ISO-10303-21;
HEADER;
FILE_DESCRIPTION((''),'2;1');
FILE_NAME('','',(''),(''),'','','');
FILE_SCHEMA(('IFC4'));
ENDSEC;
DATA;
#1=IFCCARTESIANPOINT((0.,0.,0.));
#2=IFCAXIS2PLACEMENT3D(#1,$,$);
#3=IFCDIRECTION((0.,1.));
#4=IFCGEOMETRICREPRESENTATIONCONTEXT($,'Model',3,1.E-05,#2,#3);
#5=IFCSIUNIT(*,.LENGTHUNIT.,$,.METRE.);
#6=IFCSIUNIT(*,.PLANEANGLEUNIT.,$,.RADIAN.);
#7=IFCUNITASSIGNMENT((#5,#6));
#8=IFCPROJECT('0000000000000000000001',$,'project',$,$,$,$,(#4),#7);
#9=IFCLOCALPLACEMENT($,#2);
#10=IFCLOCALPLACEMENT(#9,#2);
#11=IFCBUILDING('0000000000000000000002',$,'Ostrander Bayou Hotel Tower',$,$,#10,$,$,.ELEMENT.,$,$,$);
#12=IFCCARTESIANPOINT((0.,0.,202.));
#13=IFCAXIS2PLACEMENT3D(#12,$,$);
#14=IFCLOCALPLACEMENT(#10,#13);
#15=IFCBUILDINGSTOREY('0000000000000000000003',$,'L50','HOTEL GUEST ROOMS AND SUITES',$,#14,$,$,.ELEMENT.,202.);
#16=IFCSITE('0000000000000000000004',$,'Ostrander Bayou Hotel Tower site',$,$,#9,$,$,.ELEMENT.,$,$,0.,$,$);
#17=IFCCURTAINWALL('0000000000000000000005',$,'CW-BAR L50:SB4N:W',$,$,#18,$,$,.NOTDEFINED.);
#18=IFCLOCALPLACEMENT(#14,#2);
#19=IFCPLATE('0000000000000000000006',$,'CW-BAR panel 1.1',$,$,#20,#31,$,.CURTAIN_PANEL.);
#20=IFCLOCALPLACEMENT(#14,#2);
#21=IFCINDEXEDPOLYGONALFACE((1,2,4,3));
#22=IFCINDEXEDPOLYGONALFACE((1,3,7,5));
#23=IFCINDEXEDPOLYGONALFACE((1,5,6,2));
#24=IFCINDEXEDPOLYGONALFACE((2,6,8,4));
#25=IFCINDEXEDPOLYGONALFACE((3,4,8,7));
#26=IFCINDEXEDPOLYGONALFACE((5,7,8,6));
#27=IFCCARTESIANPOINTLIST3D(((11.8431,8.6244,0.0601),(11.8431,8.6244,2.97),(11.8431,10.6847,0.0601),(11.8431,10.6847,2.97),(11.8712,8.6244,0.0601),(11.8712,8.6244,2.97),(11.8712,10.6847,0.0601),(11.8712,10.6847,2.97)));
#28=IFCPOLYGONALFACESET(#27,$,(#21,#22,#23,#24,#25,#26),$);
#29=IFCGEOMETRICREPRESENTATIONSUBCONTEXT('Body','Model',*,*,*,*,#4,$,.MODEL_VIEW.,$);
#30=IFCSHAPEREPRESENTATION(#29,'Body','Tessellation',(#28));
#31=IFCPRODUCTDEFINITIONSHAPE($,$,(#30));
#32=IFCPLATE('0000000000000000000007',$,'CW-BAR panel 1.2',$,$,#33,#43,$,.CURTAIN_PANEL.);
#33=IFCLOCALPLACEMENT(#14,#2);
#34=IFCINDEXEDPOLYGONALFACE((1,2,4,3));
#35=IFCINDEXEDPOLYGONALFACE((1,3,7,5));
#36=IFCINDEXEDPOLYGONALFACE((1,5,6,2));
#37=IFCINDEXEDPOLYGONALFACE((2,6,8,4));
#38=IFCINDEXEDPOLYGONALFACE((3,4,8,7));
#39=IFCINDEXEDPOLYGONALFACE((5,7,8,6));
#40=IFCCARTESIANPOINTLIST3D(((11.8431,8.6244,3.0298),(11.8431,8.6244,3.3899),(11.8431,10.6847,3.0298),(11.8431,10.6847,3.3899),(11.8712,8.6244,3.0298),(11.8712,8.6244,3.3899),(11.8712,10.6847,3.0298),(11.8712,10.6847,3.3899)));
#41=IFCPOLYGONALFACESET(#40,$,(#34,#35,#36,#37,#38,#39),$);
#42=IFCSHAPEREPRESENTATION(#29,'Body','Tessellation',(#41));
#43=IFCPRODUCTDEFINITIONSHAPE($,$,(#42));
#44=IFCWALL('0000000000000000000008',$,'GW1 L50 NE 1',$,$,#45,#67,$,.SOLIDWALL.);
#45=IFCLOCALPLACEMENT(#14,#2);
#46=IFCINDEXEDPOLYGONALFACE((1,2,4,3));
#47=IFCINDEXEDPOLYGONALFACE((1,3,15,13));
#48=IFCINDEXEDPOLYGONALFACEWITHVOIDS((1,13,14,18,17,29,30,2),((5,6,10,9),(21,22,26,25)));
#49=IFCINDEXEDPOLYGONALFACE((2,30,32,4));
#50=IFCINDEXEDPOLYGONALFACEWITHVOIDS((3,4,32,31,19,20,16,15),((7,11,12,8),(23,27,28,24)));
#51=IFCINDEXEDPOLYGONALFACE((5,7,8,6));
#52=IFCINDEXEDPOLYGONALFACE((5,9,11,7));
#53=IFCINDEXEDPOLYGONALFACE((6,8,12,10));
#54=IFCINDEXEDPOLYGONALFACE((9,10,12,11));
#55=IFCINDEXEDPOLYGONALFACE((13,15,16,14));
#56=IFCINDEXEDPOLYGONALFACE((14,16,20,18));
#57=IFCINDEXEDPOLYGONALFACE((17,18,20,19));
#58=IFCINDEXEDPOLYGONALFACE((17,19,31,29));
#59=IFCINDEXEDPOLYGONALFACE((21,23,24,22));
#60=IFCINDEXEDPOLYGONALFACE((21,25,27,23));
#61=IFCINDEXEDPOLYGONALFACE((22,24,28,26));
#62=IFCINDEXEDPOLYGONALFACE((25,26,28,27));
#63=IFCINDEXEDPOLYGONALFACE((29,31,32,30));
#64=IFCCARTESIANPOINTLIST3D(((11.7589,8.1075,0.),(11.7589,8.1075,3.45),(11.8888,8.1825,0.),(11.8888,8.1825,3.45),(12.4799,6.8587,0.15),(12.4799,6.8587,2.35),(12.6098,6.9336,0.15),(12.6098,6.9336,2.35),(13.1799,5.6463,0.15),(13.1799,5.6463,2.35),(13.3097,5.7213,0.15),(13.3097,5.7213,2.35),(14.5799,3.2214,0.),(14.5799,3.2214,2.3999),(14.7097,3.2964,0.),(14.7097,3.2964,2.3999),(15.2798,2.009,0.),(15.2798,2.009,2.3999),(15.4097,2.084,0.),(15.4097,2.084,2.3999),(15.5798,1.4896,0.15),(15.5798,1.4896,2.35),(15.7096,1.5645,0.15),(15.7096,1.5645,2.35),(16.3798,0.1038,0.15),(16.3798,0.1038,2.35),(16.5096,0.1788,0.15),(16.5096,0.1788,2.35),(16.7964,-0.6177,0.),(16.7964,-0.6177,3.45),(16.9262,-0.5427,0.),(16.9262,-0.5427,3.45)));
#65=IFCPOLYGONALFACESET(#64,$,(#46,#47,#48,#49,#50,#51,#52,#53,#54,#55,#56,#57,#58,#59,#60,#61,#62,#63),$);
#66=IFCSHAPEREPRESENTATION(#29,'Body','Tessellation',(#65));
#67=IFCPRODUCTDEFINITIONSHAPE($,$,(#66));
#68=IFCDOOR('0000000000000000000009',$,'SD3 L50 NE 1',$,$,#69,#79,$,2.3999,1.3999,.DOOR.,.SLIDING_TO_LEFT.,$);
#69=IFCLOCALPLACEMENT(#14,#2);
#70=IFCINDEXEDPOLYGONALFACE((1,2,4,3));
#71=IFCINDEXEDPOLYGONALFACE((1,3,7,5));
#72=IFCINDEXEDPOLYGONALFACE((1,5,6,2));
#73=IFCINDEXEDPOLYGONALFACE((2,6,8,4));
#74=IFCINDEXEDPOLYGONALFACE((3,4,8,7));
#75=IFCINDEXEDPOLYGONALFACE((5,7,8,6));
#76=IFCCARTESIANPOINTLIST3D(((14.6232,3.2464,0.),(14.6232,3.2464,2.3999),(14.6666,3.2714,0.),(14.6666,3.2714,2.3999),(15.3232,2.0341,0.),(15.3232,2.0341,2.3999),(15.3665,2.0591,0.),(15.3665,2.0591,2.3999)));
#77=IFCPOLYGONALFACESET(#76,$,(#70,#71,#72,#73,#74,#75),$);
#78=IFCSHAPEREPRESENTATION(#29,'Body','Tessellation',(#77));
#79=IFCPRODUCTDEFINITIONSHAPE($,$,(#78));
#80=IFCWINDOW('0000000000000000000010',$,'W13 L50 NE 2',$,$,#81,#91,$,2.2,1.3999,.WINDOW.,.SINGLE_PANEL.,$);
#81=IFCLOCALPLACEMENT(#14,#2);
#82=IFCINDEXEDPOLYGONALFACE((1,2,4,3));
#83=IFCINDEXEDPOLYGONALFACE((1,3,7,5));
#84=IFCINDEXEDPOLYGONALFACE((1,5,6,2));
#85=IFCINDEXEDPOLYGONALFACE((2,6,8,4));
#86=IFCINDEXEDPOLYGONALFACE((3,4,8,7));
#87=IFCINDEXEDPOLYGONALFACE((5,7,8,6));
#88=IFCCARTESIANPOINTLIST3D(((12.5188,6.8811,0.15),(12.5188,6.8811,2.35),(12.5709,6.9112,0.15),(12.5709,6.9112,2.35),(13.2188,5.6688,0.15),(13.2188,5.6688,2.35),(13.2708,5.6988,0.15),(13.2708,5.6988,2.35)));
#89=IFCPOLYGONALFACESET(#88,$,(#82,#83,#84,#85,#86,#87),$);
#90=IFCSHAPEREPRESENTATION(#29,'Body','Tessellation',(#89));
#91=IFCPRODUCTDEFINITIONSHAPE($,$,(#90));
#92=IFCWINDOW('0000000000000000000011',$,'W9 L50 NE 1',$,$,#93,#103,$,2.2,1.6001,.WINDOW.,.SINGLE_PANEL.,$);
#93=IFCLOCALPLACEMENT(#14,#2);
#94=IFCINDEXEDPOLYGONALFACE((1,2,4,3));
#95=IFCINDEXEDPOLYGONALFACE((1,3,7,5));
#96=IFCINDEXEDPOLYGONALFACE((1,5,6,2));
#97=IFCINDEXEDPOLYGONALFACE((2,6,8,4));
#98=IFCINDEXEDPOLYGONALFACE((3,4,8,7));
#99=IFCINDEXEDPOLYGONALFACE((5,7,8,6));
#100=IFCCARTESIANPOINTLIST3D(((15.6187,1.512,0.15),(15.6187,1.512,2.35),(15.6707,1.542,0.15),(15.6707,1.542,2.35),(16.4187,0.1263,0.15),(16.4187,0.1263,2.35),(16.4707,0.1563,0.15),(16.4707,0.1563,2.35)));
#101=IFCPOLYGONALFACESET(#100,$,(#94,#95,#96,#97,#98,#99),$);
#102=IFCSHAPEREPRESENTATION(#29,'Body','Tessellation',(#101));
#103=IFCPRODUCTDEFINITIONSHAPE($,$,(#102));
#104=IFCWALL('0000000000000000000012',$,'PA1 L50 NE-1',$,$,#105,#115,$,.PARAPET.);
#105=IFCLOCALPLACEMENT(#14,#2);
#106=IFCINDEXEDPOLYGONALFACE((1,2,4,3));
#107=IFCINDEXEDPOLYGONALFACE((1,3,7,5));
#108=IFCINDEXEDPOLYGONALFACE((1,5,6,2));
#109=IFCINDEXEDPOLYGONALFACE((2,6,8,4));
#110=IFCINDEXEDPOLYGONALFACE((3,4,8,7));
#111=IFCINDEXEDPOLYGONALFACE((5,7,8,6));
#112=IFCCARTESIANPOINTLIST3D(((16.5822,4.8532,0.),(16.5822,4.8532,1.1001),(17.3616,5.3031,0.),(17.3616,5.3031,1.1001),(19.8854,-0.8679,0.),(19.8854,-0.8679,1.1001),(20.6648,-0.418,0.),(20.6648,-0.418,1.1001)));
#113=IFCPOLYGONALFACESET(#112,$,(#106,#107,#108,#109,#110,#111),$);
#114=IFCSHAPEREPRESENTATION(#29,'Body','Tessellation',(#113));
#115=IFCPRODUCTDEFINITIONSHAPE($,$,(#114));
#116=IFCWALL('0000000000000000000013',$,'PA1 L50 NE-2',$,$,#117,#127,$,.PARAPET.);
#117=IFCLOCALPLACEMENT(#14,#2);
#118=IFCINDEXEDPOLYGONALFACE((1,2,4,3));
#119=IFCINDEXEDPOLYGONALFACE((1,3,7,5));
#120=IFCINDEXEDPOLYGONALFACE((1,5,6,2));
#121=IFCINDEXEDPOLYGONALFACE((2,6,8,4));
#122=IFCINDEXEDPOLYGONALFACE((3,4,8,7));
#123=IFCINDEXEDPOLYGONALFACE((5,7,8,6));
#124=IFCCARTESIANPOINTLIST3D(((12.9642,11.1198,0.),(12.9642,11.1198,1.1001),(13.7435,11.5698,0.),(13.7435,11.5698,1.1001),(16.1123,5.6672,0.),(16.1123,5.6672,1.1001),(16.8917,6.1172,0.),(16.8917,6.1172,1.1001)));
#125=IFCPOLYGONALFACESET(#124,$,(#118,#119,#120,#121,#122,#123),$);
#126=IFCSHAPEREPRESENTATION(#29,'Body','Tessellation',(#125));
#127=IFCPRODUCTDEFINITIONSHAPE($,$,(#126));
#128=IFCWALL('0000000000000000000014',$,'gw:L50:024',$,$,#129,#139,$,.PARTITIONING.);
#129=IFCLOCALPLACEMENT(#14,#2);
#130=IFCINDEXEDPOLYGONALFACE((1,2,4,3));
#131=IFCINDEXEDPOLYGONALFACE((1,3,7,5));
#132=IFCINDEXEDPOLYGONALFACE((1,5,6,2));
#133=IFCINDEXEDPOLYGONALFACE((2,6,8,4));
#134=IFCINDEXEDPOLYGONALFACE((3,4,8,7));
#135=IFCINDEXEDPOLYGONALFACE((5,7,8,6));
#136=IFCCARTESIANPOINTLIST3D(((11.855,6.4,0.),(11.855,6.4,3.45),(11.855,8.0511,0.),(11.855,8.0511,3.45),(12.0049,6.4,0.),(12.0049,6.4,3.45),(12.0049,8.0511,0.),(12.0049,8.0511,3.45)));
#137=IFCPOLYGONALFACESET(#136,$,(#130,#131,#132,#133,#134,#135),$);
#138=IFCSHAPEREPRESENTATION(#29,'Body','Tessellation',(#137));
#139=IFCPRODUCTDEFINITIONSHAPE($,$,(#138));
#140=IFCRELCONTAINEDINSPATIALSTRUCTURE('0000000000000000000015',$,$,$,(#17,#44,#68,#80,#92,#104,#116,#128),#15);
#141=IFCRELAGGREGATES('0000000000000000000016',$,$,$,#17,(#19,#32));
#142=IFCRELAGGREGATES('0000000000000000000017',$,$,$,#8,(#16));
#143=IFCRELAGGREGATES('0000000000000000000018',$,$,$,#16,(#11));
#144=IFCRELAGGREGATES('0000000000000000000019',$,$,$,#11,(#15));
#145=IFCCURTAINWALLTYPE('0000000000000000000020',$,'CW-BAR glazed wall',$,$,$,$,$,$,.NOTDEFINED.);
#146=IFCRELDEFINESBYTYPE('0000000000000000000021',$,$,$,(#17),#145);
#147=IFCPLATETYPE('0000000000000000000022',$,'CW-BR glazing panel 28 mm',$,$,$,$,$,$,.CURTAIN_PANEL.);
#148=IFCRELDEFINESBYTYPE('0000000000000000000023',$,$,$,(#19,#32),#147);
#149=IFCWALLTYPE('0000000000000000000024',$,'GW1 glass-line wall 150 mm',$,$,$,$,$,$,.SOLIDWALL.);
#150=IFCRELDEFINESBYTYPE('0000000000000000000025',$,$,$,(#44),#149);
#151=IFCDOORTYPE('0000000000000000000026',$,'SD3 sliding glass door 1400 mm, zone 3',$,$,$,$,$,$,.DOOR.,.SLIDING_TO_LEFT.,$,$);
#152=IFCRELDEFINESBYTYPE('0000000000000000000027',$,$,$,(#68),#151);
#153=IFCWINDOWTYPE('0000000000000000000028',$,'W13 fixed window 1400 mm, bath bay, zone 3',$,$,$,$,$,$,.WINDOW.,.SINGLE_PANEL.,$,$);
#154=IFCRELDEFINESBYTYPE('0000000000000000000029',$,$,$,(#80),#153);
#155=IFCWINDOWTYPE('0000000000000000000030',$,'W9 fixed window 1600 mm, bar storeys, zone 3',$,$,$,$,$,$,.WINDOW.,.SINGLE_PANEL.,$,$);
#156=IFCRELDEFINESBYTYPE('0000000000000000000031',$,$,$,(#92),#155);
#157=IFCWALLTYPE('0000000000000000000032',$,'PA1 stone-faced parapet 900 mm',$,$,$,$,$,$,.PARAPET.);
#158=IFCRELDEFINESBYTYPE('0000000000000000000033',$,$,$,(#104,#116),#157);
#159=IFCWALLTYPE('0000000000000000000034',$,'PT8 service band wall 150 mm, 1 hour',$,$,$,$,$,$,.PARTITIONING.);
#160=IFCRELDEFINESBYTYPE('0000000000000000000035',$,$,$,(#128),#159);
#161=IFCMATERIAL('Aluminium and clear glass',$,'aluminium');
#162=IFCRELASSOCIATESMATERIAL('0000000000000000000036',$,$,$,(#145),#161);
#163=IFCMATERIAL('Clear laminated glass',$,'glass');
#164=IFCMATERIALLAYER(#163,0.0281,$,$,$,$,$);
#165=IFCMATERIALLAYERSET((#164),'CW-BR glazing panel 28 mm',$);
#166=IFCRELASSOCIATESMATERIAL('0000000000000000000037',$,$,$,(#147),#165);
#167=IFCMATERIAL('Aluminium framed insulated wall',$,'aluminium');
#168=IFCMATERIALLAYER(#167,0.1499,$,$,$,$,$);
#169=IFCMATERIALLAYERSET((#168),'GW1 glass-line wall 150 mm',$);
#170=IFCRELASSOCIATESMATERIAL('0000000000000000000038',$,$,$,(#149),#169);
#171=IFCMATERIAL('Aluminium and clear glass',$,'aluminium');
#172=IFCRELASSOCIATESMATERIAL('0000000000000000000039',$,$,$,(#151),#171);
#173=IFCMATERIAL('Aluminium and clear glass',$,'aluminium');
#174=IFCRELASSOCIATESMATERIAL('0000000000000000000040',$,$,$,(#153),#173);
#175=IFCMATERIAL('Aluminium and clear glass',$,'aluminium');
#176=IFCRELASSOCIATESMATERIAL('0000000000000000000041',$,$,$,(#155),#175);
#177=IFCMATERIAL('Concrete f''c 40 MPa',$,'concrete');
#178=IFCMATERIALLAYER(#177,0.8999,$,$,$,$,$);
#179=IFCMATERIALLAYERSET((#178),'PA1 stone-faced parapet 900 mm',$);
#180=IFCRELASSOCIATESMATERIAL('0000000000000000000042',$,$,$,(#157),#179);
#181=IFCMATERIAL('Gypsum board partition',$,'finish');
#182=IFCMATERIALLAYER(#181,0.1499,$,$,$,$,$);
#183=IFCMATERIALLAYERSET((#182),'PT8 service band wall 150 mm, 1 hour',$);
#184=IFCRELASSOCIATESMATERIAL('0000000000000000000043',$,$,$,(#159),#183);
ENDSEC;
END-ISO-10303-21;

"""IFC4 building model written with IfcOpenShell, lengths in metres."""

from ifc_helpers import new_model, si_unit, direction, frame, frame_2d, origin, origin_2d, place, context, subcontext, project, spatial, rectangle, extrude, material, layer, layer_set, type_object, element, fill, aggregate, save


model = new_model("IFC4")

# Units and contexts
model_context = context("Model", 3, precision=1e-05, world=origin(), true_north=direction((0.0, 1.0)))
body_context = subcontext(model_context, "Body", "Model", "MODEL_VIEW")
ifc_project = project(units=[si_unit("LENGTHUNIT", "METRE"), si_unit("PLANEANGLEUNIT", "RADIAN")], contexts=[model_context])

# Site, building, storey
site_placement = place(None, origin())
site = spatial("IfcSite", under=ifc_project, at=site_placement, Name="Ostrander Bayou Hotel Tower site", CompositionType="ELEMENT", RefElevation=0.0)
building_placement = place(site_placement, origin())
building = spatial("IfcBuilding", under=site, at=building_placement, Name="Ostrander Bayou Hotel Tower", CompositionType="ELEMENT")
storey_placement = place(building_placement, frame((0.0, 0.0, 202.0)))
storey = spatial("IfcBuildingStorey", under=building, at=storey_placement, Name="L50", Description="HOTEL GUEST ROOMS AND SUITES", CompositionType="ELEMENT", Elevation=202.0)

# Curtain wall
ifc_material_1 = material(Name="Aluminium and clear glass", Category="aluminium")
curtain_wall_type = type_object("IfcCurtainWallType", Name="CW-BAR glazed wall", PredefinedType="NOTDEFINED", material=ifc_material_1)
curtain_wall_placement = place(storey_placement, origin())
curtain_wall = element("IfcCurtainWall", 1, at=curtain_wall_placement, inside=storey, type_object=curtain_wall_type, Name="CW-BAR L50:SB4N:W", PredefinedType="NOTDEFINED")

# Plates
ifc_material_2 = material(Name="Clear laminated glass", Category="glass")
ifc_layer_1 = layer(ifc_material_2, 0.0281)
ifc_layer_set_1 = layer_set([ifc_layer_1], Name="CW-BR glazing panel 28 mm")
plate_type = type_object("IfcPlateType", Name="CW-BR glazing panel 28 mm", PredefinedType="CURTAIN_PANEL", material=ifc_layer_set_1)
plate_1_placement = place(storey_placement, frame((11.8572, 9.6545, 0.0601), z_axis=(0.0, 0.0, 1.0), x_axis=(0.0, 1.0, 0.0)))
plate_1 = element("IfcPlate", 2, at=plate_1_placement, type_object=plate_type, Name="CW-BAR panel 1.1", PredefinedType="CURTAIN_PANEL", context=body_context, shape_type="SweptSolid", body=[
    extrude(rectangle(XDim=2.0603, YDim=0.0281, at=origin_2d()), origin(), (0.0, 0.0, 1.0), 2.9099),
])
plate_2_placement = place(storey_placement, frame((11.8572, 9.6545, 3.0298), z_axis=(0.0, 0.0, 1.0), x_axis=(0.0, 1.0, 0.0)))
plate_2 = element("IfcPlate", 3, at=plate_2_placement, type_object=plate_type, Name="CW-BAR panel 1.2", PredefinedType="CURTAIN_PANEL", context=body_context, shape_type="SweptSolid", body=[
    extrude(rectangle(XDim=2.0603, YDim=0.0281, at=origin_2d()), origin(), (0.0, 0.0, 1.0), 0.3601),
])
aggregate(curtain_wall, [plate_1, plate_2])

# Wall, openings, door, windows
ifc_material_3 = material(Name="Aluminium framed insulated wall", Category="aluminium")
ifc_layer_2 = layer(ifc_material_3, 0.1499)
ifc_layer_set_2 = layer_set([ifc_layer_2], Name="GW1 glass-line wall 150 mm")
wall_type_1 = type_object("IfcWallType", Name="GW1 glass-line wall 150 mm", PredefinedType="SOLIDWALL", material=ifc_layer_set_2)
wall_1_placement = place(storey_placement, frame((16.8613, -0.5803, 0.0), z_axis=(0.0, 0.0, 1.0), x_axis=(-0.499994, 0.866029, 0.0)))
wall_1 = element("IfcWall", 4, at=wall_1_placement, inside=storey, type_object=wall_type_1, Name="GW1 L50 NE 1", PredefinedType="SOLIDWALL", context=body_context, shape_type="SweptSolid", body=[
    extrude(rectangle(XDim=10.075, YDim=0.1499, at=frame_2d((5.0376, 0.0))), origin(), (0.0, 0.0, 1.0), 3.45),
])
opening_1_placement = place(wall_1_placement, frame((0.8333, 0.0, 0.1499)))
opening_1 = element("IfcOpeningElement", 5, at=opening_1_placement, cuts=wall_1, PredefinedType="OPENING", context=body_context, shape_type="SweptSolid", body=[
    extrude(rectangle(XDim=1.6001, YDim=2.2, at=frame_2d((0.8, 1.1001))), frame((0.0, 0.075, 0.0), z_axis=(0.0, -1.0, 0.0), x_axis=(1.0, 0.0, 0.0)), (0.0, 0.0, 1.0), 0.1499),
])
opening_2_placement = place(wall_1_placement, frame((3.0332, 0.0, 0.0)))
opening_2 = element("IfcOpeningElement", 6, at=opening_2_placement, cuts=wall_1, PredefinedType="OPENING", context=body_context, shape_type="SweptSolid", body=[
    extrude(rectangle(XDim=1.3999, YDim=2.3999, at=frame_2d((0.7, 1.2))), frame((0.0, 0.075, 0.0), z_axis=(0.0, -1.0, 0.0), x_axis=(1.0, 0.0, 0.0)), (0.0, 0.0, 1.0), 0.1499),
])
opening_3_placement = place(wall_1_placement, frame((7.2332, 0.0, 0.1499)))
opening_3 = element("IfcOpeningElement", 7, at=opening_3_placement, cuts=wall_1, PredefinedType="OPENING", context=body_context, shape_type="SweptSolid", body=[
    extrude(rectangle(XDim=1.3999, YDim=2.2, at=frame_2d((0.7, 1.1001))), frame((0.0, 0.075, 0.0), z_axis=(0.0, -1.0, 0.0), x_axis=(1.0, 0.0, 0.0)), (0.0, 0.0, 1.0), 0.1499),
])
ifc_material_4 = material(Name="Aluminium and clear glass", Category="aluminium")
door_type = type_object("IfcDoorType", Name="SD3 sliding glass door 1400 mm, zone 3", OperationType="SLIDING_TO_LEFT", PredefinedType="DOOR", material=ifc_material_4)
door_placement = place(opening_2_placement, origin())
door = element("IfcDoor", 8, at=door_placement, inside=storey, type_object=door_type, Name="SD3 L50 NE 1", OperationType="SLIDING_TO_LEFT", OverallHeight=2.3999, OverallWidth=1.3999, PredefinedType="DOOR", context=body_context, shape_type="SweptSolid", body=[
    extrude(rectangle(XDim=1.3999, YDim=2.3999, at=frame_2d((0.7, 1.2))), frame((0.0, 0.0249, 0.0), z_axis=(0.0, -1.0, 0.0), x_axis=(1.0, 0.0, 0.0)), (0.0, 0.0, 1.0), 0.05),
])
fill(opening_2, door)
ifc_material_5 = material(Name="Aluminium and clear glass", Category="aluminium")
window_type_1 = type_object("IfcWindowType", Name="W13 fixed window 1400 mm, bath bay, zone 3", PartitioningType="SINGLE_PANEL", PredefinedType="WINDOW", material=ifc_material_5)
window_1_placement = place(opening_3_placement, origin())
window_1 = element("IfcWindow", 9, at=window_1_placement, inside=storey, type_object=window_type_1, Name="W13 L50 NE 2", OverallHeight=2.2, OverallWidth=1.3999, PartitioningType="SINGLE_PANEL", PredefinedType="WINDOW", context=body_context, shape_type="SweptSolid", body=[
    extrude(rectangle(XDim=1.3999, YDim=2.2, at=frame_2d((0.7, 1.1001))), frame((0.0, 0.03, 0.0), z_axis=(0.0, -1.0, 0.0), x_axis=(1.0, 0.0, 0.0)), (0.0, 0.0, 1.0), 0.0601),
])
fill(opening_3, window_1)
ifc_material_6 = material(Name="Aluminium and clear glass", Category="aluminium")
window_type_2 = type_object("IfcWindowType", Name="W9 fixed window 1600 mm, bar storeys, zone 3", PartitioningType="SINGLE_PANEL", PredefinedType="WINDOW", material=ifc_material_6)
window_2_placement = place(opening_1_placement, origin())
window_2 = element("IfcWindow", 10, at=window_2_placement, inside=storey, type_object=window_type_2, Name="W9 L50 NE 1", OverallHeight=2.2, OverallWidth=1.6001, PartitioningType="SINGLE_PANEL", PredefinedType="WINDOW", context=body_context, shape_type="SweptSolid", body=[
    extrude(rectangle(XDim=1.6001, YDim=2.2, at=frame_2d((0.8, 1.1001))), frame((0.0, 0.03, 0.0), z_axis=(0.0, -1.0, 0.0), x_axis=(1.0, 0.0, 0.0)), (0.0, 0.0, 1.0), 0.0601),
])
fill(opening_1, window_2)

# Walls
ifc_material_7 = material(Name="Concrete f'c 40 MPa", Category="concrete")
ifc_layer_3 = layer(ifc_material_7, 0.8999)
ifc_layer_set_3 = layer_set([ifc_layer_3], Name="PA1 stone-faced parapet 900 mm")
wall_type_2 = type_object("IfcWallType", Name="PA1 stone-faced parapet 900 mm", PredefinedType="PARAPET", material=ifc_layer_set_3)
wall_2_placement = place(storey_placement, frame((20.2751, -0.6431, 0.0), z_axis=(0.0, 0.0, 1.0), x_axis=(-0.50001, 0.866019, 0.0)))
element("IfcWall", 11, at=wall_2_placement, inside=storey, type_object=wall_type_2, Name="PA1 L50 NE-1", PredefinedType="PARAPET", context=body_context, shape_type="SweptSolid", body=[
    extrude(rectangle(XDim=6.6062, YDim=0.8999, at=frame_2d((3.3032, 0.0))), origin(), (0.0, 0.0, 1.0), 1.1001),
])
wall_3_placement = place(storey_placement, frame((16.502, 5.8923, 0.0), z_axis=(0.0, 0.0, 1.0), x_axis=(-0.500013, 0.866018, 0.0)))
element("IfcWall", 12, at=wall_3_placement, inside=storey, type_object=wall_type_2, Name="PA1 L50 NE-2", PredefinedType="PARAPET", context=body_context, shape_type="SweptSolid", body=[
    extrude(rectangle(XDim=6.2961, YDim=0.8999, at=frame_2d((3.1479, 0.0))), origin(), (0.0, 0.0, 1.0), 1.1001),
])
ifc_material_8 = material(Name="Gypsum board partition", Category="finish")
ifc_layer_4 = layer(ifc_material_8, 0.1499)
ifc_layer_set_4 = layer_set([ifc_layer_4], Name="PT8 service band wall 150 mm, 1 hour")
wall_type_3 = type_object("IfcWallType", Name="PT8 service band wall 150 mm, 1 hour", PredefinedType="PARTITIONING", material=ifc_layer_set_4)
wall_4_placement = place(storey_placement, frame((11.9299, 6.3999, 0.0), z_axis=(0.0, 0.0, 1.0), x_axis=(0.0, 1.0, 0.0)))
element("IfcWall", 13, at=wall_4_placement, inside=storey, type_object=wall_type_3, Name="gw:L50:024", PredefinedType="PARTITIONING", context=body_context, shape_type="SweptSolid", body=[
    extrude(rectangle(XDim=1.6511, YDim=0.1499, at=frame_2d((0.8257, 0.0))), origin(), (0.0, 0.0, 1.0), 3.45),
])

save(model, "model.ifc")
